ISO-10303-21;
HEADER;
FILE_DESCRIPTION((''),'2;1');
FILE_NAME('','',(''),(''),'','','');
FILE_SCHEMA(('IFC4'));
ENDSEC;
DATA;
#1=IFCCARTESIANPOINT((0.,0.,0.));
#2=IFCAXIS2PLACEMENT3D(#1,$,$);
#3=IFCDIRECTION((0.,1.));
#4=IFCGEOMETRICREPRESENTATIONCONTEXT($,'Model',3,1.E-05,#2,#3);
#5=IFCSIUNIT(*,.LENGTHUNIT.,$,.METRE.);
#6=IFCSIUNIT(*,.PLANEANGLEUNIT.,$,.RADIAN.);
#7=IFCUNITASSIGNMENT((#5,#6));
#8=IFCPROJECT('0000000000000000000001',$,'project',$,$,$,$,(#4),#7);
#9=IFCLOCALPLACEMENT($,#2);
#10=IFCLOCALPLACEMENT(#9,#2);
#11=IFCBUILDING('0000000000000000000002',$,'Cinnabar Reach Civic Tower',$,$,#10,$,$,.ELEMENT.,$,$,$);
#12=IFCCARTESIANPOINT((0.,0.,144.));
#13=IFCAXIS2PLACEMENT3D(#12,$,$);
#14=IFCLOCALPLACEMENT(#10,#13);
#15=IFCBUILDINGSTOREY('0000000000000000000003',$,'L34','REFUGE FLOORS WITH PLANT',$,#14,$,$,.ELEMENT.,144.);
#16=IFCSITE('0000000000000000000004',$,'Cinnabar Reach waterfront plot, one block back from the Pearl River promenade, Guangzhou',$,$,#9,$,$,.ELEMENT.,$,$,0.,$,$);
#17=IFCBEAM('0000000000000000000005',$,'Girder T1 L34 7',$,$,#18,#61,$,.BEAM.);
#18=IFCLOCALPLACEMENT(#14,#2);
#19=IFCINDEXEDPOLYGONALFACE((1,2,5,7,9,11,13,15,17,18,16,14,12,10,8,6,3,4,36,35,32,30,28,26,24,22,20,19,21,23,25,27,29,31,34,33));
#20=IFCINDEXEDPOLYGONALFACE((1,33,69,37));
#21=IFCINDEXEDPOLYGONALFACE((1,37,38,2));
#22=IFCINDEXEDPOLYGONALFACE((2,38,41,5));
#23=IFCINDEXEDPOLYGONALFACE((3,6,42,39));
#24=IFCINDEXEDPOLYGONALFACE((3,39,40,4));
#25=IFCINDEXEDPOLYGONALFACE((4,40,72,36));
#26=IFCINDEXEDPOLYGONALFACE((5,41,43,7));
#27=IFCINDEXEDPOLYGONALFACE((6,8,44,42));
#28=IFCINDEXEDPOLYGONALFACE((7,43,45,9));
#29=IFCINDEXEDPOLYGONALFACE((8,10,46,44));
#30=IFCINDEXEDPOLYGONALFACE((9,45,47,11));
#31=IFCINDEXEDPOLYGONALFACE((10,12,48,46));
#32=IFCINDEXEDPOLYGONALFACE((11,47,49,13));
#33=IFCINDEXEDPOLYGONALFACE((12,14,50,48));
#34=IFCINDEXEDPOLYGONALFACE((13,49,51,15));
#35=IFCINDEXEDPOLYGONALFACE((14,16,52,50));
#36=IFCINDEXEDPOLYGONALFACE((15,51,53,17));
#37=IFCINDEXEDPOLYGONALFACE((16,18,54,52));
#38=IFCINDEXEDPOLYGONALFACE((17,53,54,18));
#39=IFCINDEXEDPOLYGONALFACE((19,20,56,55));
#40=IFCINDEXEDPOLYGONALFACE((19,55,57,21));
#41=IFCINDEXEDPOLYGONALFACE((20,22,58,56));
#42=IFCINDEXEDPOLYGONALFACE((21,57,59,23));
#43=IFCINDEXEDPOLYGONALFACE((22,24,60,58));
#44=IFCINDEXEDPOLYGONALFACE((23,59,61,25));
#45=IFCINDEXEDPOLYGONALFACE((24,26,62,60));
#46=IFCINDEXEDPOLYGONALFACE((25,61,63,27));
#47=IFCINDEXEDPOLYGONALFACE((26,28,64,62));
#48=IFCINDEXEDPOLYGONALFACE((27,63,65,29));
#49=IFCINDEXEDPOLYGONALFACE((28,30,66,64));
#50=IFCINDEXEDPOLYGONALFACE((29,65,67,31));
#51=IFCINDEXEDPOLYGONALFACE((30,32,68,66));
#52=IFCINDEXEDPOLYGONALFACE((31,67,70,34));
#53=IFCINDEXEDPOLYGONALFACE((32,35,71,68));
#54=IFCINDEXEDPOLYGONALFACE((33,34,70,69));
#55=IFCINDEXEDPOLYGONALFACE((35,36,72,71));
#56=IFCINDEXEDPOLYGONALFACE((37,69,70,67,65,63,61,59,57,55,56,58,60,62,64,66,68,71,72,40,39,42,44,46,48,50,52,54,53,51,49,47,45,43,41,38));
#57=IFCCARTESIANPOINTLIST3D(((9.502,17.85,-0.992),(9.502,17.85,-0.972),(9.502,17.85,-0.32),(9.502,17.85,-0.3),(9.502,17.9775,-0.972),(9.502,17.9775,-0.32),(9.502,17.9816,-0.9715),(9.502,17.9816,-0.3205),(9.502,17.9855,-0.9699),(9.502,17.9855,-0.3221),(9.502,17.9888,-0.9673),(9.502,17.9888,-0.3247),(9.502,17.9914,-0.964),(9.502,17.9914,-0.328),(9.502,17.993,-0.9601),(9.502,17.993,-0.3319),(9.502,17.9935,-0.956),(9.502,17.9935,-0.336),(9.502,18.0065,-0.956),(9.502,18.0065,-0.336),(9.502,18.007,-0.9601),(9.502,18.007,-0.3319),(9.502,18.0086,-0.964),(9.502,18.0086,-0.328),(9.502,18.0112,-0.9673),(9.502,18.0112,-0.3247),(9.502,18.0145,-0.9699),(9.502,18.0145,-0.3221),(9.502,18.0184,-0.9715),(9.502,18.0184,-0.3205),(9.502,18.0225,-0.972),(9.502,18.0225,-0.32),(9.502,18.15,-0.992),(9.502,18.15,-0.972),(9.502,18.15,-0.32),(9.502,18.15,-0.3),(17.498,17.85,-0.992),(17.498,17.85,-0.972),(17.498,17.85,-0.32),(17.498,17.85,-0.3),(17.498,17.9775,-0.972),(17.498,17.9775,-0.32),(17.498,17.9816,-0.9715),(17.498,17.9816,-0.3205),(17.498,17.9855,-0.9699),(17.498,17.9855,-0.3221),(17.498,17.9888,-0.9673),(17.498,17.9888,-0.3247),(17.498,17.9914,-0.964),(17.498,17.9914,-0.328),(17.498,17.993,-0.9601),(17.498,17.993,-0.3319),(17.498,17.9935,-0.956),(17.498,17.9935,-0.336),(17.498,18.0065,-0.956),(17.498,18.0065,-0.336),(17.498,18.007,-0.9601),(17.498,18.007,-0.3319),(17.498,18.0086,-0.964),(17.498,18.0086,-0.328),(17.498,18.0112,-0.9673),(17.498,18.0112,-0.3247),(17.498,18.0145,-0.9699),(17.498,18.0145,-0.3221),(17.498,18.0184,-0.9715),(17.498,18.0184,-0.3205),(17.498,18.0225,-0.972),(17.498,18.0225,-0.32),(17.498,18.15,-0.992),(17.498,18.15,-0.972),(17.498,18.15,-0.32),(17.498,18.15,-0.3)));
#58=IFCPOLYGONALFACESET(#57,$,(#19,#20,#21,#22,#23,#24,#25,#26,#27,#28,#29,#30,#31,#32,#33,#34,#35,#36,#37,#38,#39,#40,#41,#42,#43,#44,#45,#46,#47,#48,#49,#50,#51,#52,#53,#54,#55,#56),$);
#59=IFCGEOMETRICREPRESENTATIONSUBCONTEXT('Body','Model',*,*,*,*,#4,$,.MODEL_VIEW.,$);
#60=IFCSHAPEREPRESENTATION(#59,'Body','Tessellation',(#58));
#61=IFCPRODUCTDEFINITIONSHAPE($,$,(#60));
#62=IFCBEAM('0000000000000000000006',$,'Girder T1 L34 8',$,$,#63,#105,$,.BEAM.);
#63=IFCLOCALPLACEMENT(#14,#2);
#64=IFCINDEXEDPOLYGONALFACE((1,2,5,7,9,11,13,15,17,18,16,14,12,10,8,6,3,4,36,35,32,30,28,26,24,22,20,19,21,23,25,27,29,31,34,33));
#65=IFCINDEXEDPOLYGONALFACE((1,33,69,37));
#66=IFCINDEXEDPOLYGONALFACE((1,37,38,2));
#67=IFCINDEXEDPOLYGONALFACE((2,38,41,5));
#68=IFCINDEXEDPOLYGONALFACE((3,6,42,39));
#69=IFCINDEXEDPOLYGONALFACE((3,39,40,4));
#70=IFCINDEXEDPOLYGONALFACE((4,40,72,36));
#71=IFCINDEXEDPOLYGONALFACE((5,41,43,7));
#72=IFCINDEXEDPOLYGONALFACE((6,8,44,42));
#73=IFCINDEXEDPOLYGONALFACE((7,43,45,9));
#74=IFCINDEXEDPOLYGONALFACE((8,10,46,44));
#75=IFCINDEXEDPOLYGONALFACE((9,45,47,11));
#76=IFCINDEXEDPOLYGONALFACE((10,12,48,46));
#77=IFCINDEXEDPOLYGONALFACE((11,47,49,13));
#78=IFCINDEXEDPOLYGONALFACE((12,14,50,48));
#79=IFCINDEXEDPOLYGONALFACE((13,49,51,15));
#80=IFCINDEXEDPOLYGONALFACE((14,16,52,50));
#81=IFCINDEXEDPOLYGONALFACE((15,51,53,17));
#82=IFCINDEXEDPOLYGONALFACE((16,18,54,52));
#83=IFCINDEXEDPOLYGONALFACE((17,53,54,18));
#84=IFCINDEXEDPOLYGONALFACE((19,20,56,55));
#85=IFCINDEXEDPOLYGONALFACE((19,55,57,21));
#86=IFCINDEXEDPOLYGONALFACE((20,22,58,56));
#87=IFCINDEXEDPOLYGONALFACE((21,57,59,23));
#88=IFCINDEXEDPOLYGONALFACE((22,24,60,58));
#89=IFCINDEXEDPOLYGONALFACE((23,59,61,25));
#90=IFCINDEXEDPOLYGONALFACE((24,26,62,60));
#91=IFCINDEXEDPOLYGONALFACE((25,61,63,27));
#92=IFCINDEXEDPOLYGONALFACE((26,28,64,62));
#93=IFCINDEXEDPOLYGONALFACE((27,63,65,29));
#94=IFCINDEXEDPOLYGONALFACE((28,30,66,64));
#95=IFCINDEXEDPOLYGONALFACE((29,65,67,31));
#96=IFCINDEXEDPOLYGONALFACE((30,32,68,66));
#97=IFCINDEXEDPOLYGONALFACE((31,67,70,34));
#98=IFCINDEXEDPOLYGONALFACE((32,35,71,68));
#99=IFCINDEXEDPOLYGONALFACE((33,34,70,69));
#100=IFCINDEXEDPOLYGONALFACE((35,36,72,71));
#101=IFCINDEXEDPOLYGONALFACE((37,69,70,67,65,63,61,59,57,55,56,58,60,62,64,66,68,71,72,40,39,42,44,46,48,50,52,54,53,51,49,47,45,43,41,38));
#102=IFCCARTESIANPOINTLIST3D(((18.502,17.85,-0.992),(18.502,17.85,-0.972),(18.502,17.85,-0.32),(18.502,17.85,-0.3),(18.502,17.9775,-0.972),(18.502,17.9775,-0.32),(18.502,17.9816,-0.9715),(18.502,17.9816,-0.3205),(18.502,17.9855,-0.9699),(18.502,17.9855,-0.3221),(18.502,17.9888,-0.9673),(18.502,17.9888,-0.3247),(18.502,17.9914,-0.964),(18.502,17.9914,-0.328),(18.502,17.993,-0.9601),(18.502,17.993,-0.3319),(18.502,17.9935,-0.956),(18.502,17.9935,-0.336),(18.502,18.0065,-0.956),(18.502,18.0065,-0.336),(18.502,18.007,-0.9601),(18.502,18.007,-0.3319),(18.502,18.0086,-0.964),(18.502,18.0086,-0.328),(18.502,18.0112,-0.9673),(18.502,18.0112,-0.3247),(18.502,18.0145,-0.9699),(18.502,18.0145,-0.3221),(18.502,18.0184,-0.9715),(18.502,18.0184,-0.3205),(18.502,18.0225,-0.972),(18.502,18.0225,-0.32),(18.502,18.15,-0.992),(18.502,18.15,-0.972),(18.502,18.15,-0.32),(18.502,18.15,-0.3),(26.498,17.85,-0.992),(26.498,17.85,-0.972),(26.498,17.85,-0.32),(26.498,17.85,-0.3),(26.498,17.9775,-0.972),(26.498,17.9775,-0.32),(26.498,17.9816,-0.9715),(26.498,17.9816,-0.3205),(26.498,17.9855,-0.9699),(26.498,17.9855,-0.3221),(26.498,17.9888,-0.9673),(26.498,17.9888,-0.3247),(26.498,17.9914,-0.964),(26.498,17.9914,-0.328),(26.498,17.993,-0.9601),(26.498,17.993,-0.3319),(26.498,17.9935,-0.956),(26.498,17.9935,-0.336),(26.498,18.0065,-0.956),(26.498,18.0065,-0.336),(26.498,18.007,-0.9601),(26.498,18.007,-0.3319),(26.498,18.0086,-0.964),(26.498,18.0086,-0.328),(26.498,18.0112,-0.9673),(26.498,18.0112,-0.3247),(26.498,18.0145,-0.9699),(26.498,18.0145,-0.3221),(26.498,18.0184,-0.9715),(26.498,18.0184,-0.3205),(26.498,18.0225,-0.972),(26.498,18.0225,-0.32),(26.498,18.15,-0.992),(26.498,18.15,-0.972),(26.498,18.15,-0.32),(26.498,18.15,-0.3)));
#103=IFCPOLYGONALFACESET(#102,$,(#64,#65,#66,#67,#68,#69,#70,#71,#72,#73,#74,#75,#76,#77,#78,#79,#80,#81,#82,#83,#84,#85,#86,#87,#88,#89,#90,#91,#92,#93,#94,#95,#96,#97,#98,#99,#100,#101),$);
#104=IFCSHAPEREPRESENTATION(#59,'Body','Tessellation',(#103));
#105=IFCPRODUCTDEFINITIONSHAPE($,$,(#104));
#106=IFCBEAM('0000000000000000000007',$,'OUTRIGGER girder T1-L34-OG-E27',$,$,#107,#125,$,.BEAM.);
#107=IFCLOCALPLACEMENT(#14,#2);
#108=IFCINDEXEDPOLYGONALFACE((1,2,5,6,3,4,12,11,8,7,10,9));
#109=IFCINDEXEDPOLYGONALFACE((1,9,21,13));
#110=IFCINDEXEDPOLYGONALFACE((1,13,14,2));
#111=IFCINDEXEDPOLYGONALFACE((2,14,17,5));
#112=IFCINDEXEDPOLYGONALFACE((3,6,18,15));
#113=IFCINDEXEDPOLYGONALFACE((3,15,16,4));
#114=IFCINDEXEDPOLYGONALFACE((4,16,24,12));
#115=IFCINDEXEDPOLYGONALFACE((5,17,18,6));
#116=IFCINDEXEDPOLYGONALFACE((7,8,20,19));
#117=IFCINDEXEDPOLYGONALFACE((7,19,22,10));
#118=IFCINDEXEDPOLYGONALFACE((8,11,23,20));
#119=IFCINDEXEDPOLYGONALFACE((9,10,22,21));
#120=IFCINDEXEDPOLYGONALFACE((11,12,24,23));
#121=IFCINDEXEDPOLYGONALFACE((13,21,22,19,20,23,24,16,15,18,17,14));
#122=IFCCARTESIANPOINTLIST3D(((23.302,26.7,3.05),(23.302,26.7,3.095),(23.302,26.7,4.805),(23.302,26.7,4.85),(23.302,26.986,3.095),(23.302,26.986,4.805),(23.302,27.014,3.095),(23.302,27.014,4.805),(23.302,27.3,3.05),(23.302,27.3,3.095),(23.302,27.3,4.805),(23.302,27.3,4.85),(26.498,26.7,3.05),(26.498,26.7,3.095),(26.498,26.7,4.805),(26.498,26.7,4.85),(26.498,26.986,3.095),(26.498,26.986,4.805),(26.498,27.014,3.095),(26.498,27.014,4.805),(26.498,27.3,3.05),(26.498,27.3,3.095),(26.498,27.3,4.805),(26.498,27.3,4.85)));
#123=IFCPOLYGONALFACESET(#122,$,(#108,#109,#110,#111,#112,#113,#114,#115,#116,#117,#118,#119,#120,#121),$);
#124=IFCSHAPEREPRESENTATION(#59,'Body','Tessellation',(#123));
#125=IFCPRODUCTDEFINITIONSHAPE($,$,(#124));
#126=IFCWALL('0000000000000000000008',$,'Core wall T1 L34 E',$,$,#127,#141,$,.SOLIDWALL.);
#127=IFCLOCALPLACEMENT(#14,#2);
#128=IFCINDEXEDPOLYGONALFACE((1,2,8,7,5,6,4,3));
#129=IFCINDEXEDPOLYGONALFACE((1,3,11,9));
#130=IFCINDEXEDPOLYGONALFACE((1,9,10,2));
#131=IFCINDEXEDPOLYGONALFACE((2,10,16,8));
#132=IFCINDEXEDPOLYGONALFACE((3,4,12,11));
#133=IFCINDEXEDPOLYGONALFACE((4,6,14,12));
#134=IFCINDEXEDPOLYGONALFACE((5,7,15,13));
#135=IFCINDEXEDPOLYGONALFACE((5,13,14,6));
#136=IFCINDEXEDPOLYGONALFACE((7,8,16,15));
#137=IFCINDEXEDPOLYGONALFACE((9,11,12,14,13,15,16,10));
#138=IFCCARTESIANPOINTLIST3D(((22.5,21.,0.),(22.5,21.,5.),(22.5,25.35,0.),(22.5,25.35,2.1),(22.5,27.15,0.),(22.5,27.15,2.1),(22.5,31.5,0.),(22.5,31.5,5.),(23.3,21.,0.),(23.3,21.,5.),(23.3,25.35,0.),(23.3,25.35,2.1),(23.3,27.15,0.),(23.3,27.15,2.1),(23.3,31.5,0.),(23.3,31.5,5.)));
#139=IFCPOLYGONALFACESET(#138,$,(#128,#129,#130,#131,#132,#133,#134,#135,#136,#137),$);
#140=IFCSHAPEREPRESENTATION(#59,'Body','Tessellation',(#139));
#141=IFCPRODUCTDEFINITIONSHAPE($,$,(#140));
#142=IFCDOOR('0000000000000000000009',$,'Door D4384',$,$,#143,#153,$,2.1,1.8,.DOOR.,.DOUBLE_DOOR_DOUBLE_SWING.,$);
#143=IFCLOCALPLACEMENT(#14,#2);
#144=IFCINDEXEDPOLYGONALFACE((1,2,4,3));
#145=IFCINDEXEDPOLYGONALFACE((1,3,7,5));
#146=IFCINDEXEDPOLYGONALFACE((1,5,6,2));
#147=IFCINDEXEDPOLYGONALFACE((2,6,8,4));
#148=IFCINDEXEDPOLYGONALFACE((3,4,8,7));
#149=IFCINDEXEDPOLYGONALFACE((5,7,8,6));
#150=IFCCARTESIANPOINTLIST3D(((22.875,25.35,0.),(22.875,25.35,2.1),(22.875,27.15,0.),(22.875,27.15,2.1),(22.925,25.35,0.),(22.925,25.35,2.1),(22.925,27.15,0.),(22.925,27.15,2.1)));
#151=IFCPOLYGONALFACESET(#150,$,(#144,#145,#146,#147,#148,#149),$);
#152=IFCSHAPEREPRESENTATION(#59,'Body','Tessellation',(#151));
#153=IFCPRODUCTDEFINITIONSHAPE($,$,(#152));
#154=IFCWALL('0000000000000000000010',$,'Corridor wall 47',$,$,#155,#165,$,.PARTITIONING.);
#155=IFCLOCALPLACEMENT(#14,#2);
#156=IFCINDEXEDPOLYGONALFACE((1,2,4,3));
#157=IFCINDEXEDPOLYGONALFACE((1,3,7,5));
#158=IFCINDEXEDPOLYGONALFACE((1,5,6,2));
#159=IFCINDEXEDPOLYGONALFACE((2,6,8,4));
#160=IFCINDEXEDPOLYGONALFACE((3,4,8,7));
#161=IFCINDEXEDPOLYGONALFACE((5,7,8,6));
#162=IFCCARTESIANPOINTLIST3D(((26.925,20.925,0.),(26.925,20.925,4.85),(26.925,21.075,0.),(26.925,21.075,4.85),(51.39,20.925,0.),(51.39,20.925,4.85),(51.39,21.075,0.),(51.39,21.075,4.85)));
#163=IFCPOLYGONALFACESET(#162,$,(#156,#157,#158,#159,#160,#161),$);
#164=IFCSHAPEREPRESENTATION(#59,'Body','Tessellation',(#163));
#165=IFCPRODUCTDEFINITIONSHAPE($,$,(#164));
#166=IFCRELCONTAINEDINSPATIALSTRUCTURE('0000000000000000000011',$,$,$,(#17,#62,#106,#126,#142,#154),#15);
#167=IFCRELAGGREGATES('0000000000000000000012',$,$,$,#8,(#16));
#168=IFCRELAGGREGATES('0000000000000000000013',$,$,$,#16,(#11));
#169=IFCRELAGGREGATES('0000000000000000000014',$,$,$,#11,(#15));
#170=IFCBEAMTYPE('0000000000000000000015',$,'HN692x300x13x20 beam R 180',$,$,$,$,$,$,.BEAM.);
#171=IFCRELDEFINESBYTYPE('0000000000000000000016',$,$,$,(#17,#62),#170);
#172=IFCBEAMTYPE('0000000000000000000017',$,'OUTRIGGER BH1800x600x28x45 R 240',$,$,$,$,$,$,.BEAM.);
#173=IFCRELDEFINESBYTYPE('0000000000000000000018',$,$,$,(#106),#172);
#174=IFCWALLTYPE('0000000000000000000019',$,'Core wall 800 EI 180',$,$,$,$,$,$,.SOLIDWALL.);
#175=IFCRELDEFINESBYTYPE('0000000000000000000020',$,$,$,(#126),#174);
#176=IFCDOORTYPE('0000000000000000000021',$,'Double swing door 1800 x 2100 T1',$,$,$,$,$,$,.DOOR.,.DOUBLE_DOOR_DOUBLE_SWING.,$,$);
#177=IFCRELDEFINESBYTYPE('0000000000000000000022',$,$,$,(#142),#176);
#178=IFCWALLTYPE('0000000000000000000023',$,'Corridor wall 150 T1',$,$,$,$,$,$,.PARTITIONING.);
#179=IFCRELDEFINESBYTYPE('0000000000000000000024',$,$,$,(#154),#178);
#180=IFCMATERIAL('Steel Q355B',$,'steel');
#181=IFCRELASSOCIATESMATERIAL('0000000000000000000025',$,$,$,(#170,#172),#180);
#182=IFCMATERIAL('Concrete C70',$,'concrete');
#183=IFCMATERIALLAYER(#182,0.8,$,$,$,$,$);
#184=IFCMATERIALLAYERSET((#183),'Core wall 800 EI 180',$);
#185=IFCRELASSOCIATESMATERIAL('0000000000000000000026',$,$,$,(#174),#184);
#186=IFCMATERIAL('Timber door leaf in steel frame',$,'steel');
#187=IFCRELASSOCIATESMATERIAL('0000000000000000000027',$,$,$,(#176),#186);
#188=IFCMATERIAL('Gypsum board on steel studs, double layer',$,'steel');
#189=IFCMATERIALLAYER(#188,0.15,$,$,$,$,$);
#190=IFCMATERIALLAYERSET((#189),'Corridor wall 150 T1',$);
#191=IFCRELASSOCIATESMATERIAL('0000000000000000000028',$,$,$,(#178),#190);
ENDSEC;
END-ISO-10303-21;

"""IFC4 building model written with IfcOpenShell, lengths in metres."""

from ifc_helpers import new_model, si_unit, direction, frame, frame_2d, origin, origin_2d, place, context, subcontext, project, spatial, rectangle, i_section, extrude, material, layer, layer_set, material_profile, profile_set, type_object, element, fill, save


model = new_model("IFC4")

# Units and contexts
model_context = context("Model", 3, precision=1e-05, world=origin(), true_north=direction((0.0, 1.0)))
body_context = subcontext(model_context, "Body", "Model", "MODEL_VIEW")
ifc_project = project(units=[si_unit("LENGTHUNIT", "METRE"), si_unit("PLANEANGLEUNIT", "RADIAN")], contexts=[model_context])

# Site, building, storey
site_placement = place(None, origin())
site = spatial("IfcSite", under=ifc_project, at=site_placement, Name="Cinnabar Reach waterfront plot, one block back from the Pearl River promenade, Guangzhou", CompositionType="ELEMENT", RefElevation=0.0)
building_placement = place(site_placement, origin())
building = spatial("IfcBuilding", under=site, at=building_placement, Name="Cinnabar Reach Civic Tower", CompositionType="ELEMENT")
storey_placement = place(building_placement, frame((0.0, 0.0, 144.0)))
storey = spatial("IfcBuildingStorey", under=building, at=storey_placement, Name="L34", Description="REFUGE FLOORS WITH PLANT", CompositionType="ELEMENT", Elevation=144.0)

# Shared definitions
ifc_material_1 = material(Name="Concrete C70", Category="concrete")

# Beams
ifc_material_2 = material(Name="Steel Q355B", Category="steel")
ifc_material_profile_1 = material_profile(ifc_material_2, i_section(OverallWidth=0.3, OverallDepth=0.692, WebThickness=0.013, FlangeThickness=0.02, FilletRadius=0.016, at=origin_2d()), Name="HN692x300x13x20")
ifc_profile_set_1 = profile_set([ifc_material_profile_1], Name="Steel Q355B")
beam_type_1 = type_object("IfcBeamType", Name="HN692x300x13x20 beam R 180", PredefinedType="BEAM", material=ifc_profile_set_1)
for number, where, z_axis, x_axis, name in (
    (1, (9.502, 18.0, -0.646), (1.0, 0.0, 0.0), (0.0, 1.0, 0.0), "Girder T1 L34 7"),
    (2, (18.502, 18.0, -0.646), (1.0, 0.0, 0.0), (0.0, 1.0, 0.0), "Girder T1 L34 8"),
):
    element("IfcBeam", number, at=place(storey_placement, frame(where, z_axis=z_axis, x_axis=x_axis)), inside=storey, type_object=beam_type_1, Name=name, PredefinedType="BEAM", context=body_context, shape_type="SweptSolid", body=[
        extrude(i_section(OverallWidth=0.3, OverallDepth=0.692, WebThickness=0.013, FlangeThickness=0.02, FilletRadius=0.016, at=origin_2d()), origin(), (0.0, 0.0, 1.0), 7.996),
    ])
ifc_material_profile_2 = material_profile(ifc_material_2, i_section(OverallWidth=0.6, OverallDepth=1.8, WebThickness=0.028, FlangeThickness=0.045, at=origin_2d()), Name="BH1800x600x28x45")
ifc_profile_set_2 = profile_set([ifc_material_profile_2], Name="Steel Q355B")
beam_type_2 = type_object("IfcBeamType", Name="OUTRIGGER BH1800x600x28x45 R 240", PredefinedType="BEAM", material=ifc_profile_set_2)
beam_1_placement = place(storey_placement, frame((23.302, 27.0, 3.95), z_axis=(1.0, 0.0, 0.0), x_axis=(0.0, 1.0, 0.0)))
element("IfcBeam", 3, at=beam_1_placement, inside=storey, type_object=beam_type_2, Name="OUTRIGGER girder T1-L34-OG-E27", PredefinedType="BEAM", context=body_context, shape_type="SweptSolid", body=[
    extrude(i_section(OverallWidth=0.6, OverallDepth=1.8, WebThickness=0.028, FlangeThickness=0.045, at=origin_2d()), origin(), (0.0, 0.0, 1.0), 3.196),
])

# Wall, opening, door
ifc_layer_1 = layer(ifc_material_1, 0.8)
ifc_layer_set_1 = layer_set([ifc_layer_1], Name="Core wall 800 EI 180")
wall_type_1 = type_object("IfcWallType", Name="Core wall 800 EI 180", PredefinedType="SOLIDWALL", material=ifc_layer_set_1)
wall_1_placement = place(storey_placement, frame((22.9, 21.0, 0.0), z_axis=(0.0, 0.0, 1.0), x_axis=(0.0, 1.0, 0.0)))
wall_1 = element("IfcWall", 4, at=wall_1_placement, inside=storey, type_object=wall_type_1, Name="Core wall T1 L34 E", PredefinedType="SOLIDWALL", context=body_context, shape_type="SweptSolid", body=[
    extrude(rectangle(XDim=10.5, YDim=0.8, at=frame_2d((5.25, 0.0))), origin(), (0.0, 0.0, 1.0), 5.0),
])
opening_1_placement = place(wall_1_placement, frame((4.35, 0.0, 0.0)))
opening_1 = element("IfcOpeningElement", 5, at=opening_1_placement, cuts=wall_1, PredefinedType="OPENING", context=body_context, shape_type="SweptSolid", body=[
    extrude(rectangle(XDim=1.8, YDim=2.1, at=frame_2d((0.9, 1.05))), frame((0.0, 0.41, 0.0), z_axis=(0.0, -1.0, 0.0), x_axis=(1.0, 0.0, 0.0)), (0.0, 0.0, 1.0), 0.82),
])
ifc_material_3 = material(Name="Timber door leaf in steel frame", Category="steel")
door_type_1 = type_object("IfcDoorType", Name="Double swing door 1800 x 2100 T1", OperationType="DOUBLE_DOOR_DOUBLE_SWING", PredefinedType="DOOR", material=ifc_material_3)
door_1_placement = place(opening_1_placement, origin())
door_1 = element("IfcDoor", 6, at=door_1_placement, inside=storey, type_object=door_type_1, Name="Door D4384", OperationType="DOUBLE_DOOR_DOUBLE_SWING", OverallHeight=2.1, OverallWidth=1.8, PredefinedType="DOOR", context=body_context, shape_type="SweptSolid", body=[
    extrude(rectangle(XDim=1.8, YDim=2.1, at=frame_2d((0.9, 1.05))), frame((0.0, 0.025, 0.0), z_axis=(0.0, -1.0, 0.0), x_axis=(1.0, 0.0, 0.0)), (0.0, 0.0, 1.0), 0.05),
])
fill(opening_1, door_1)

# Wall
ifc_material_4 = material(Name="Gypsum board on steel studs, double layer", Category="steel")
ifc_layer_2 = layer(ifc_material_4, 0.15)
ifc_layer_set_2 = layer_set([ifc_layer_2], Name="Corridor wall 150 T1")
wall_type_2 = type_object("IfcWallType", Name="Corridor wall 150 T1", PredefinedType="PARTITIONING", material=ifc_layer_set_2)
wall_2_placement = place(storey_placement, frame((26.925, 21.0, 0.0), z_axis=(0.0, 0.0, 1.0), x_axis=(1.0, 0.0, 0.0)))
element("IfcWall", 7, at=wall_2_placement, inside=storey, type_object=wall_type_2, Name="Corridor wall 47", PredefinedType="PARTITIONING", context=body_context, shape_type="SweptSolid", body=[
    extrude(rectangle(XDim=24.465, YDim=0.15, at=frame_2d((12.2325, 0.0))), origin(), (0.0, 0.0, 1.0), 4.85),
])

save(model, "model.ifc")
